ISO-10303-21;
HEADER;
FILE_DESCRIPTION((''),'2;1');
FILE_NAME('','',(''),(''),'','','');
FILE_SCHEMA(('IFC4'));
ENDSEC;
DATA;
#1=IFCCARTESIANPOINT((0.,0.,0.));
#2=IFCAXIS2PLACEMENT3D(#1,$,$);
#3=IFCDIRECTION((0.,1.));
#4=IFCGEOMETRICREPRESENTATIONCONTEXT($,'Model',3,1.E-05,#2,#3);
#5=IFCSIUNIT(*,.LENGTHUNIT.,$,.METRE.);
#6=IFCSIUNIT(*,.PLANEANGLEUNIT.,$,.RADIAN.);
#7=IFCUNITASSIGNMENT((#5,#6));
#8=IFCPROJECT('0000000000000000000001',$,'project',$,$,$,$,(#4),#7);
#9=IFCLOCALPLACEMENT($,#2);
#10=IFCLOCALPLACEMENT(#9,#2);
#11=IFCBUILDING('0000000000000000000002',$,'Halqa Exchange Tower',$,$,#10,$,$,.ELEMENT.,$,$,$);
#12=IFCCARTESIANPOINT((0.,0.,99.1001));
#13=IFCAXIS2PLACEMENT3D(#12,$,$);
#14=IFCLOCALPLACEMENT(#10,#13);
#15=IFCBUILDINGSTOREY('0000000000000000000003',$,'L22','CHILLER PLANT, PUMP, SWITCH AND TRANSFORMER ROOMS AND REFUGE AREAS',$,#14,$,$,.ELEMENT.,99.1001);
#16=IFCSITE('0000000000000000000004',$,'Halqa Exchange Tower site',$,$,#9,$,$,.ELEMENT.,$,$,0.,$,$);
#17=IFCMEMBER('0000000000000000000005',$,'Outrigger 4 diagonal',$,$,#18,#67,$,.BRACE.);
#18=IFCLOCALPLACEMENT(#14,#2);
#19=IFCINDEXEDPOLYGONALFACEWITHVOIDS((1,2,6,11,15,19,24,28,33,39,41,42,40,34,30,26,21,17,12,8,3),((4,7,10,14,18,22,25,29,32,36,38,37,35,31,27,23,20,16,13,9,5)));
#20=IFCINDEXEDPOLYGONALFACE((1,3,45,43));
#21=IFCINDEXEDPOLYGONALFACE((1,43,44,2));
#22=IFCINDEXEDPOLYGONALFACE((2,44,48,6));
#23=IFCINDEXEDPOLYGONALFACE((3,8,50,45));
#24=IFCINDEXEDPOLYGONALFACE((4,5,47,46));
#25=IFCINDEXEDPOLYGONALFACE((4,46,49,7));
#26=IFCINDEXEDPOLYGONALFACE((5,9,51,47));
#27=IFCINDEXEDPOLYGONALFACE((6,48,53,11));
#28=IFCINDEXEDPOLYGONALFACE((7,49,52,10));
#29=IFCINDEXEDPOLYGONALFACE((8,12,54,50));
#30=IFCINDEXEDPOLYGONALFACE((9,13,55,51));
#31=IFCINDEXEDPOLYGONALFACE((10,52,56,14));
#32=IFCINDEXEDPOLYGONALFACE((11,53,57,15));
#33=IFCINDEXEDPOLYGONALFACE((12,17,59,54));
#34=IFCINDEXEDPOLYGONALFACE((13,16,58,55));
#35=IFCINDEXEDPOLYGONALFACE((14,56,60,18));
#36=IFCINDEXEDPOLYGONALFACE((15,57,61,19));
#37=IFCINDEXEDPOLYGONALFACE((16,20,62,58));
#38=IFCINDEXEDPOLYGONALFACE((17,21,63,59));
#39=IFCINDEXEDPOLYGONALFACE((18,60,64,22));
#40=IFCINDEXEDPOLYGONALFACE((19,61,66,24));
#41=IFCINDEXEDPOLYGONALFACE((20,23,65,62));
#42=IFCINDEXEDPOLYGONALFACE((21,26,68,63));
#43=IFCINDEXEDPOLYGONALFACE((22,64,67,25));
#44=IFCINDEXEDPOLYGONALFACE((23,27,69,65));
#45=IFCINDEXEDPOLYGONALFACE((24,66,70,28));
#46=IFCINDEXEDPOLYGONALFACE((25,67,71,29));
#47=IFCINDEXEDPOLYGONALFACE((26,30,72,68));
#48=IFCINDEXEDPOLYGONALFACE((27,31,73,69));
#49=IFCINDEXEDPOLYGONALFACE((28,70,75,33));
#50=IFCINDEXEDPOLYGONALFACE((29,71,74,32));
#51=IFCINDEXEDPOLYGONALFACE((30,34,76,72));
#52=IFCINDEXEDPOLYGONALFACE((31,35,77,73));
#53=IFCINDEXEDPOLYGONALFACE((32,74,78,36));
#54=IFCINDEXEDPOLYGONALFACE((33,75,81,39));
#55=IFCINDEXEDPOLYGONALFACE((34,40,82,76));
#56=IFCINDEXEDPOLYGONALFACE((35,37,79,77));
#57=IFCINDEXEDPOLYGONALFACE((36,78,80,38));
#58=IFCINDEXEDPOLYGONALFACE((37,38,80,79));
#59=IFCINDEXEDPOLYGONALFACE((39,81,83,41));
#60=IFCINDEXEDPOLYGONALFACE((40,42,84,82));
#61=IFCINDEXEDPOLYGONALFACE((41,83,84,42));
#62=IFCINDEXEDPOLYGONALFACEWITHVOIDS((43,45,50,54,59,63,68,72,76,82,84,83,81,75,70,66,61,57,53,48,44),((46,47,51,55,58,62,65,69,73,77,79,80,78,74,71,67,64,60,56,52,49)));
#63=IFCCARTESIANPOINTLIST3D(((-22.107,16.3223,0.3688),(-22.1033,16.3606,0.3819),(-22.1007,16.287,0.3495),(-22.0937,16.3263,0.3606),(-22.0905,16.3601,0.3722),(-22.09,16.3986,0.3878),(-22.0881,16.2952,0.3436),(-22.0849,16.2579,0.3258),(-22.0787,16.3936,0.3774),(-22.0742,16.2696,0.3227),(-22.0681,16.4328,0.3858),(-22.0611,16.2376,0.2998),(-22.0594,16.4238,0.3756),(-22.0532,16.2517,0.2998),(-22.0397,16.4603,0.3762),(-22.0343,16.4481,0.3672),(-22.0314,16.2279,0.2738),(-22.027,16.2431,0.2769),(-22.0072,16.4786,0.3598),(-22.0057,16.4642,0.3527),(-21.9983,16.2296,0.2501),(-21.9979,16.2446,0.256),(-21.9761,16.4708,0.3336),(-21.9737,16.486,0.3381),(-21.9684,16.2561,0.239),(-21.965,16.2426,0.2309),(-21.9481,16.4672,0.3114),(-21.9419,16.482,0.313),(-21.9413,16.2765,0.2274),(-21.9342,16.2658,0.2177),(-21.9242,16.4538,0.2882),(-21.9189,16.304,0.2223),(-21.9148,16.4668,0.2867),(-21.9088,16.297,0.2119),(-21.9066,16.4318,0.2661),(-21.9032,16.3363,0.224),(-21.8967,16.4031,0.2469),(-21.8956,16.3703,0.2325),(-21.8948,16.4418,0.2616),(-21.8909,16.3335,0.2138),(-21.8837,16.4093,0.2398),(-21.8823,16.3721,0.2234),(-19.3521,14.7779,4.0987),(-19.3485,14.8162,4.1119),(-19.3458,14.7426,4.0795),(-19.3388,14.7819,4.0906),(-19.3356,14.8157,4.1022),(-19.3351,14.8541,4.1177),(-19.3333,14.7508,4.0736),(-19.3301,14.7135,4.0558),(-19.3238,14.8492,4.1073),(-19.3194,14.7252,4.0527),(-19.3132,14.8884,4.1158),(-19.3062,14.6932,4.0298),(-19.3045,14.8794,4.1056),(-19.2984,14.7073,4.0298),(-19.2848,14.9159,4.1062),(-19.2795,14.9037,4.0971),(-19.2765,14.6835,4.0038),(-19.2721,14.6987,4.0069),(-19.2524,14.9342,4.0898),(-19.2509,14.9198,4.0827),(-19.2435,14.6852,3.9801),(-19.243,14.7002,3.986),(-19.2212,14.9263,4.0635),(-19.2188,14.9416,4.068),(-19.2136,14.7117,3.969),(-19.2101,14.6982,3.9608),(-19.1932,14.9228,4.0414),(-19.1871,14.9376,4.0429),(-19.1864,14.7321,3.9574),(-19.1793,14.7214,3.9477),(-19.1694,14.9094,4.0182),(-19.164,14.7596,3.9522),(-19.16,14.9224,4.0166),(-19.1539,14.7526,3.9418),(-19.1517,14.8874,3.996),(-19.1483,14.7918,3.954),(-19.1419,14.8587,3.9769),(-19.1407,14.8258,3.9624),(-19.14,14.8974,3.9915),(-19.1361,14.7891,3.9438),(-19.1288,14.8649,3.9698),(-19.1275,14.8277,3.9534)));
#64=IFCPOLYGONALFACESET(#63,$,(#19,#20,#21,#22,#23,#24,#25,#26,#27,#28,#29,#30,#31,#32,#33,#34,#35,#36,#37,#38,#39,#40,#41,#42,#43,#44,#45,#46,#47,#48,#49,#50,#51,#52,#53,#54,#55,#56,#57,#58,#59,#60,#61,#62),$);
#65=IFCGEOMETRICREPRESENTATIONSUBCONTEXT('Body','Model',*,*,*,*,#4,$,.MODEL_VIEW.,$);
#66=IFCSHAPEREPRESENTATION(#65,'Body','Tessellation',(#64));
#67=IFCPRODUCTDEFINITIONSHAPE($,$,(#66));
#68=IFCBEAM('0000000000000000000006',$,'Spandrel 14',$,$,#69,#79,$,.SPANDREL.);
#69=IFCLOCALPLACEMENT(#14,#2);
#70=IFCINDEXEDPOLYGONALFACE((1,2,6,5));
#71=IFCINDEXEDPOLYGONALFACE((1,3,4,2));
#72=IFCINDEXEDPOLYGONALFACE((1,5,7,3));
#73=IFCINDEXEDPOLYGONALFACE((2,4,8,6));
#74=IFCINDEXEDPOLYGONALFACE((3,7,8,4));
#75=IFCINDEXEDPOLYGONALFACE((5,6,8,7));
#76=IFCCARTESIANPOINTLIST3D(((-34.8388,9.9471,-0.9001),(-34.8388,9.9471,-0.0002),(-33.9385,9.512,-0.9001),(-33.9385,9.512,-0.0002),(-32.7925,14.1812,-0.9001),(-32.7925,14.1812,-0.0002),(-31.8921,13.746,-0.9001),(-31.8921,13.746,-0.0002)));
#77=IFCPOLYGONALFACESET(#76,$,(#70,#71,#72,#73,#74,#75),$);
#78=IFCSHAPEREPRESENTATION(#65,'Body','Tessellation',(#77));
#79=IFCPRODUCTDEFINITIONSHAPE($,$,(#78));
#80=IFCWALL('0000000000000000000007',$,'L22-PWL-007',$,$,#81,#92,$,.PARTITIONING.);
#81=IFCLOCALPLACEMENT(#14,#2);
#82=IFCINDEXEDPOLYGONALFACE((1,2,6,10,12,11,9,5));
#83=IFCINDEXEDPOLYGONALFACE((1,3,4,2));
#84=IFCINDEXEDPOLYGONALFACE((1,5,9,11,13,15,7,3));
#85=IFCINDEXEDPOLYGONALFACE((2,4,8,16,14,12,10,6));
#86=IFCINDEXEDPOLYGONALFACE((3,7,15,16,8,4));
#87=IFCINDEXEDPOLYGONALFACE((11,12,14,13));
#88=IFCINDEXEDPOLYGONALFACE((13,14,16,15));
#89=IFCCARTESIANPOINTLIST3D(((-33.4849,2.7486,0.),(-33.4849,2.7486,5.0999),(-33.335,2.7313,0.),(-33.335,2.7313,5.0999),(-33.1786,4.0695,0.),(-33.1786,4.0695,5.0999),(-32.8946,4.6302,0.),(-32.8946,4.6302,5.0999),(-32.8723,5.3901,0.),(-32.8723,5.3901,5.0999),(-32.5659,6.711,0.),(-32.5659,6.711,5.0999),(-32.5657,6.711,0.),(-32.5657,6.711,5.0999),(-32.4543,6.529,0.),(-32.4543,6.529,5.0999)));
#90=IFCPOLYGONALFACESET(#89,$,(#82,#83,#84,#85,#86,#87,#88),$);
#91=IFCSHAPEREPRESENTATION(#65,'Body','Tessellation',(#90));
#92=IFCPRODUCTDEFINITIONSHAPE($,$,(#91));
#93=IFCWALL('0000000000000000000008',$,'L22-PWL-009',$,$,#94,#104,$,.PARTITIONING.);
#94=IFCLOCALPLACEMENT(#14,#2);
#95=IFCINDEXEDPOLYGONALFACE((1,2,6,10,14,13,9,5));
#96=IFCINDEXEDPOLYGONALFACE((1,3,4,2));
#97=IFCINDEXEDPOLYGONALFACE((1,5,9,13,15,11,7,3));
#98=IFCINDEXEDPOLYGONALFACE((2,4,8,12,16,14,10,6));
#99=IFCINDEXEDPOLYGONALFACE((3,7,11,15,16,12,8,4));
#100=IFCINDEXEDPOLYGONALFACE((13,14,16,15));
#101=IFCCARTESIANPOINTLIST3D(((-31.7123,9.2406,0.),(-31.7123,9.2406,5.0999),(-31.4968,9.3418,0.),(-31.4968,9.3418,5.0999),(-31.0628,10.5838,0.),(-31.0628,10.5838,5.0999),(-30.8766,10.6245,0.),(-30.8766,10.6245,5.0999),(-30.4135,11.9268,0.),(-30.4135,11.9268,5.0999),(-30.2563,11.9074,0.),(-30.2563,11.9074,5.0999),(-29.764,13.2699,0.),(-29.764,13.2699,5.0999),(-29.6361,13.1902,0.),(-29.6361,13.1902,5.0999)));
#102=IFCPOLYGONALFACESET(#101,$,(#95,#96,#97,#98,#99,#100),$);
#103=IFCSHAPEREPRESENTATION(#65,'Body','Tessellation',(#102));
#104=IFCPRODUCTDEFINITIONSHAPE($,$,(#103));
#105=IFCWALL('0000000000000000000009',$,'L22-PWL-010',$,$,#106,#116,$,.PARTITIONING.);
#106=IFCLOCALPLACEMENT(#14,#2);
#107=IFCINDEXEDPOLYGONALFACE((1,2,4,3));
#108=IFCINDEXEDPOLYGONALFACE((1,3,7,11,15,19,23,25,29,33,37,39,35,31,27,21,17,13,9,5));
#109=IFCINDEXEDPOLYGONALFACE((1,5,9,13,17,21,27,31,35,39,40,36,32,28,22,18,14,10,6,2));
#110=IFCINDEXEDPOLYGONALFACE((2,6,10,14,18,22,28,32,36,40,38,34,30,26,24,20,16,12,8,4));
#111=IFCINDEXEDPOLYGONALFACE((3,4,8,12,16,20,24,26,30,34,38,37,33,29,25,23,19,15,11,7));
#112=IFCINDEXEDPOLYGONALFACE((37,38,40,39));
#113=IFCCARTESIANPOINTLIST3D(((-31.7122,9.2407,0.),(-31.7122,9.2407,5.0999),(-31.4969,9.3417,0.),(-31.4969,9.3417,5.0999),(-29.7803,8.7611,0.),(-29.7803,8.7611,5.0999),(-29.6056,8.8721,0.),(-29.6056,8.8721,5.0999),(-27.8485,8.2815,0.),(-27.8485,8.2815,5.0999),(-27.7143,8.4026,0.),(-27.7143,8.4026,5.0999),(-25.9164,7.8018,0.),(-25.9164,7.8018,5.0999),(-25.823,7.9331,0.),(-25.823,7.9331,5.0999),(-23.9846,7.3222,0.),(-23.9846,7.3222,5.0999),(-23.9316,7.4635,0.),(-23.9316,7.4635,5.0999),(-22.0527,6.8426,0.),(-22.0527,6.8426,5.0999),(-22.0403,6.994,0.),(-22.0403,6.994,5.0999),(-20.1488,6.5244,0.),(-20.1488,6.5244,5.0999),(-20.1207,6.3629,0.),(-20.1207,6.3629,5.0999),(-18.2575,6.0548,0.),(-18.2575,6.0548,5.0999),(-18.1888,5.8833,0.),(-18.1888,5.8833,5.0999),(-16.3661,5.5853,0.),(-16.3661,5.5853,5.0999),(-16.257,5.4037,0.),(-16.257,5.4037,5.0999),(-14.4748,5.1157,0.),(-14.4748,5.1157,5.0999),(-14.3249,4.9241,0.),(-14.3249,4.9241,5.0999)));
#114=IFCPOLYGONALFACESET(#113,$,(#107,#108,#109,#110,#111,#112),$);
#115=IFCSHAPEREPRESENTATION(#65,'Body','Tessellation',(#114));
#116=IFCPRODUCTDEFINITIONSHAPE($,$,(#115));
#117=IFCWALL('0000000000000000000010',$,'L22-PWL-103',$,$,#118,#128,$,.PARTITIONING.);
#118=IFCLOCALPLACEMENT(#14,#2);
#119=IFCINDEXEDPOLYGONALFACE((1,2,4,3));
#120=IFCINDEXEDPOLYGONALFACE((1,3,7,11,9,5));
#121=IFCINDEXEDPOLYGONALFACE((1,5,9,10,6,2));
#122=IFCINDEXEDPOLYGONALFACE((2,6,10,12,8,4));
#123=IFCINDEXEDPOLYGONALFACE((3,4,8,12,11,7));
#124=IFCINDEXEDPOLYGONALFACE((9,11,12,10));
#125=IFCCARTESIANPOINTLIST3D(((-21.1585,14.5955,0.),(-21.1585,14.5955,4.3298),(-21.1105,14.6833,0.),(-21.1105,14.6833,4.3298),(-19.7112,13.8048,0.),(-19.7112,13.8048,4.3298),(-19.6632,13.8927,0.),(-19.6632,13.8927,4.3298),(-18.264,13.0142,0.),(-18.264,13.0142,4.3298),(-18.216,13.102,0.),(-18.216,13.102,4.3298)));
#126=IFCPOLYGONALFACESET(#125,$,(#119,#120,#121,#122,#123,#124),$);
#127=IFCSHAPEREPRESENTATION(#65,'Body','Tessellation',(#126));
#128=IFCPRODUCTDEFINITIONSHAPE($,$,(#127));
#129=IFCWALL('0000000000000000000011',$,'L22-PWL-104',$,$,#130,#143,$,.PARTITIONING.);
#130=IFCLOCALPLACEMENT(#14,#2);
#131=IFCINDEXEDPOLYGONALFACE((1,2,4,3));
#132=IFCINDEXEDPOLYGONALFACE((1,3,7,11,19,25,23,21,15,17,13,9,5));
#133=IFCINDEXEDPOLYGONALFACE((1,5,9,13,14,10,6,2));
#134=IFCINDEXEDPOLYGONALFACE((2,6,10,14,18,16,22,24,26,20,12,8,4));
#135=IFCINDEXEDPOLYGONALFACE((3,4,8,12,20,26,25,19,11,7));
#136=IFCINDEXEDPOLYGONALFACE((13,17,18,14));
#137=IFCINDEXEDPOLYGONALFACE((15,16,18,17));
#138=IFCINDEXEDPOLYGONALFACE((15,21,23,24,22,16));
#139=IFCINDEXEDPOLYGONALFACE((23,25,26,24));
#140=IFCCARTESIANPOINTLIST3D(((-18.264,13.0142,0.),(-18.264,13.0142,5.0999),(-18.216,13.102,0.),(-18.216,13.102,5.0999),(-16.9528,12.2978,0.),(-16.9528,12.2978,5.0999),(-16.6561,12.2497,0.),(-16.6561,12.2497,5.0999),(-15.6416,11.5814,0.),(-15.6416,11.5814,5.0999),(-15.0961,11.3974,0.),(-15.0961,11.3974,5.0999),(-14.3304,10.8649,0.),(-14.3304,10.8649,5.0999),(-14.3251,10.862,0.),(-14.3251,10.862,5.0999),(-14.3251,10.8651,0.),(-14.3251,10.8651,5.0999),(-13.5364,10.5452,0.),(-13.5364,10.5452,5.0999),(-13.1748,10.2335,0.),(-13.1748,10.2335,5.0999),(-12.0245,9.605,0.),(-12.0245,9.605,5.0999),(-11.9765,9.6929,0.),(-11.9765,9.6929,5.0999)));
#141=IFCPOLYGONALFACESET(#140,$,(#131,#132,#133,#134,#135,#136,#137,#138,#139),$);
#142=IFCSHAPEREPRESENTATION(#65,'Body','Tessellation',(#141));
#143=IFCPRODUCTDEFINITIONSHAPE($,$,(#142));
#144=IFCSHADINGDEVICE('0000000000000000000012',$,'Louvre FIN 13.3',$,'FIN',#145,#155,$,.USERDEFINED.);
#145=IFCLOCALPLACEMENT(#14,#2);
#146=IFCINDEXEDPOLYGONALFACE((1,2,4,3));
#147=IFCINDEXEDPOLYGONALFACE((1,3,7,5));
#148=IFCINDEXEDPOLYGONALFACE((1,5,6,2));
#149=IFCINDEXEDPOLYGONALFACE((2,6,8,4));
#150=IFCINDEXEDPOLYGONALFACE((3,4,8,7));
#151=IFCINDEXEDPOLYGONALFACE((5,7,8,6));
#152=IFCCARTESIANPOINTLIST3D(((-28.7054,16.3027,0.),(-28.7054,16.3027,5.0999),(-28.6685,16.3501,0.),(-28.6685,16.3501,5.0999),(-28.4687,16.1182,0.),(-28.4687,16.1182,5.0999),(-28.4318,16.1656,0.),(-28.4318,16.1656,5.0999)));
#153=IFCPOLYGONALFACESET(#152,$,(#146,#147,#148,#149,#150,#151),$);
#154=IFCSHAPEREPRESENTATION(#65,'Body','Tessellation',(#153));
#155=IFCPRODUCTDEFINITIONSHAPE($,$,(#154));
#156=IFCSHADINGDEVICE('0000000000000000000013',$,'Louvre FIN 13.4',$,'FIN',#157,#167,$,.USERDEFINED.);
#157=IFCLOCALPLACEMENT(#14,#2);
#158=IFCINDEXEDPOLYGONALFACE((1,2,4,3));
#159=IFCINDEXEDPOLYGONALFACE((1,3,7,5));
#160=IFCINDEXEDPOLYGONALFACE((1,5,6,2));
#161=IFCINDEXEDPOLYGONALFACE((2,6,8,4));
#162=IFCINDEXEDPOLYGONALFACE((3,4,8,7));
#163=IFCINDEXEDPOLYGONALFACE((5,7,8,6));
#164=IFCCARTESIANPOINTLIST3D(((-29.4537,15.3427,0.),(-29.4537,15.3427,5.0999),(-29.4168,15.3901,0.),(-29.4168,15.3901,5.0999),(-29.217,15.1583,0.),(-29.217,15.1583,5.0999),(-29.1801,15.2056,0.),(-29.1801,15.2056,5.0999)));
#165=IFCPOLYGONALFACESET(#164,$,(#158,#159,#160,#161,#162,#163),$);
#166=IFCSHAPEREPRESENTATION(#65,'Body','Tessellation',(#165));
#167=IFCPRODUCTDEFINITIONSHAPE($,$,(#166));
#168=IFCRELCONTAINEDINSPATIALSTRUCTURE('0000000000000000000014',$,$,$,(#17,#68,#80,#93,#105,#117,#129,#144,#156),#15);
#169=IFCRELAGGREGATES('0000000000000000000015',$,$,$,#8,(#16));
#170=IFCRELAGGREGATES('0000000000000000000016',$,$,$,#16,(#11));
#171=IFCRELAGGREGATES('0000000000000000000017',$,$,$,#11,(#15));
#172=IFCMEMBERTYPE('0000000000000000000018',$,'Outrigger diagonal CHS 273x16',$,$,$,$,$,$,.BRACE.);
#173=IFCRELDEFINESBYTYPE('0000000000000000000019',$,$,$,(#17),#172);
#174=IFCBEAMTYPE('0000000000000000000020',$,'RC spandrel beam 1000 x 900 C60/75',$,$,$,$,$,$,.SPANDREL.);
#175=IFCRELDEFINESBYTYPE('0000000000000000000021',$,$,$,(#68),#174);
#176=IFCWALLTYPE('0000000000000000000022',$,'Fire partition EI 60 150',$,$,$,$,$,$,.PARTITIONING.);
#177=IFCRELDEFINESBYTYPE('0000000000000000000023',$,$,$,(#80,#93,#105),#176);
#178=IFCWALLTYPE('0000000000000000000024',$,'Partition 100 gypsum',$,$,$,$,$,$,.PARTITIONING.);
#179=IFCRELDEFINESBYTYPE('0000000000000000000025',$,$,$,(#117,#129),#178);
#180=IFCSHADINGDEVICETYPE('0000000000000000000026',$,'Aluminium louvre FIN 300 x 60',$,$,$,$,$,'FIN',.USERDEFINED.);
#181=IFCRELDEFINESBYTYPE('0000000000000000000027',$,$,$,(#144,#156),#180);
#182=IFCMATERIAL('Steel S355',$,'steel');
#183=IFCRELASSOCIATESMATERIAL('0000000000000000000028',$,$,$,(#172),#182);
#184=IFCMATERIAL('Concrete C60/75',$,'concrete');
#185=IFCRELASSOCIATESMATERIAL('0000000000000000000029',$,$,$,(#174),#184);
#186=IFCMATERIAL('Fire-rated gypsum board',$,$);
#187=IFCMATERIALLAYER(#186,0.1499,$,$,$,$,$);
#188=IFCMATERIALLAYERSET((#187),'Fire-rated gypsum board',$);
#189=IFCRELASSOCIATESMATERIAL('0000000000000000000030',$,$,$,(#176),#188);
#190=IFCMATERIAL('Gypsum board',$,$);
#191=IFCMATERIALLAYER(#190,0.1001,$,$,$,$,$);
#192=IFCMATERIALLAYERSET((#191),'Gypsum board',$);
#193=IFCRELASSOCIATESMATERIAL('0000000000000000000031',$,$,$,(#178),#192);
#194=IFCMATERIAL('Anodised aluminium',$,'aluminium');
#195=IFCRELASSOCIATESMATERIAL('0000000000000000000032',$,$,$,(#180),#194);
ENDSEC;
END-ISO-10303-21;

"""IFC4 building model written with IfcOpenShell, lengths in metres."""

from ifc_helpers import new_model, si_unit, direction, frame, origin, origin_2d, place, context, subcontext, project, spatial, polyline, rectangle, hollow_circle, outline, extrude, material, layer, layer_set, material_profile, profile_set, type_object, element, save


model = new_model("IFC4")

# Units and contexts
model_context = context("Model", 3, precision=1e-05, world=origin(), true_north=direction((0.0, 1.0)))
body_context = subcontext(model_context, "Body", "Model", "MODEL_VIEW")
ifc_project = project(units=[si_unit("LENGTHUNIT", "METRE"), si_unit("PLANEANGLEUNIT", "RADIAN")], contexts=[model_context])

# Site, building, storey
site_placement = place(None, origin())
site = spatial("IfcSite", under=ifc_project, at=site_placement, Name="Halqa Exchange Tower site", CompositionType="ELEMENT", RefElevation=0.0)
building_placement = place(site_placement, origin())
building = spatial("IfcBuilding", under=site, at=building_placement, Name="Halqa Exchange Tower", CompositionType="ELEMENT")
storey_placement = place(building_placement, frame((0.0, 0.0, 99.1001)))
storey = spatial("IfcBuildingStorey", under=building, at=storey_placement, Name="L22", Description="CHILLER PLANT, PUMP, SWITCH AND TRANSFORMER ROOMS AND REFUGE AREAS", CompositionType="ELEMENT", Elevation=99.1001)

# Member
ifc_material_1 = material(Name="Steel S355", Category="steel")
ifc_material_profile_1 = material_profile(ifc_material_1, hollow_circle(Radius=0.1365, WallThickness=0.0161, at=origin_2d()), Name="CHS 273x16")
ifc_profile_set_1 = profile_set([ifc_material_profile_1], Name="Steel S355")
member_type_1 = type_object("IfcMemberType", Name="Outrigger diagonal CHS 273x16", PredefinedType="BRACE", material=ifc_profile_set_1)
member_1_placement = place(storey_placement, frame((-19.2395, 14.8123, 4.0298), z_axis=(-0.563662, 0.315998, -0.763171), x_axis=(-0.489013, -0.872277, 0.0)))
element("IfcMember", 1, at=member_1_placement, inside=storey, type_object=member_type_1, Name="Outrigger 4 diagonal", PredefinedType="BRACE", context=body_context, shape_type="SweptSolid", body=[
    extrude(hollow_circle(Radius=0.1365, WallThickness=0.0161, at=origin_2d()), origin(), (0.0, 0.0, 1.0), 4.8875),
])

# Beam
ifc_material_2 = material(Name="Concrete C60/75", Category="concrete")
ifc_material_profile_2 = material_profile(ifc_material_2, rectangle(XDim=1.0, YDim=0.8999, at=origin_2d()), Name="1000 x 900")
ifc_profile_set_2 = profile_set([ifc_material_profile_2], Name="Concrete C60/75")
beam_type = type_object("IfcBeamType", Name="RC spandrel beam 1000 x 900 C60/75", PredefinedType="SPANDREL", material=ifc_profile_set_2)
beam_placement = place(storey_placement, frame((-32.3423, 13.9636, -0.4502), z_axis=(-0.43515, -0.900358, 0.0), x_axis=(0.900358, -0.43515, 0.0)))
element("IfcBeam", 2, at=beam_placement, inside=storey, type_object=beam_type, Name="Spandrel 14", PredefinedType="SPANDREL", context=body_context, shape_type="SweptSolid", body=[
    extrude(rectangle(XDim=1.0, YDim=0.8999, at=origin_2d()), origin(), (0.0, 0.0, 1.0), 4.7026),
])

# Walls
ifc_material_3 = material(Name="Fire-rated gypsum board")
ifc_layer_1 = layer(ifc_material_3, 0.1499)
ifc_layer_set_1 = layer_set([ifc_layer_1], Name="Fire-rated gypsum board")
wall_type_1 = type_object("IfcWallType", Name="Fire partition EI 60 150", PredefinedType="PARTITIONING", material=ifc_layer_set_1)
wall_1_placement = place(storey_placement, frame((-32.4929, 6.6941, 0.0), z_axis=(0.0, 0.0, 1.0), x_axis=(-0.22592, -0.974146, 0.0)))
element("IfcWall", 3, at=wall_1_placement, inside=storey, type_object=wall_type_1, Name="L22-PWL-007", PredefinedType="PARTITIONING", context=body_context, shape_type="SweptSolid", body=[
    extrude(outline(polyline([(0.0, -0.075), (1.356, -0.075), (2.7117, -0.075), (4.0676, -0.075), (4.0505, 0.075), (2.1013, 0.075), (0.1521, 0.075), (0.0, -0.0747), (0.0, -0.075)])), origin(), (0.0, 0.0, 1.0), 5.0999),
])
wall_2_placement = place(storey_placement, frame((-31.6448, 9.208, 0.0), z_axis=(0.0, 0.0, 1.0), x_axis=(0.435304, 0.900283, 0.0)))
element("IfcWall", 4, at=wall_2_placement, inside=storey, type_object=wall_type_1, Name="L22-PWL-009", PredefinedType="PARTITIONING", context=body_context, shape_type="SweptSolid", body=[
    extrude(outline(polyline([(0.1848, -0.075), (1.6096, -0.075), (3.0347, -0.075), (4.4595, -0.075), (4.4756, 0.075), (2.9836, 0.075), (1.4919, 0.075), (0.0, 0.075), (0.1848, -0.075)])), origin(), (0.0, 0.0, 1.0), 5.0999),
])
wall_3_placement = place(storey_placement, frame((-31.6943, 9.3135, 0.0), z_axis=(0.0, 0.0, 1.0), x_axis=(0.970538, -0.240948, 0.0)))
element("IfcWall", 5, at=wall_3_placement, inside=storey, type_object=wall_type_1, Name="L22-PWL-010", PredefinedType="PARTITIONING", context=body_context, shape_type="SweptSolid", body=[
    extrude(outline(polyline([(0.0002, -0.075), (1.9907, -0.075), (3.9812, -0.075), (5.9719, -0.075), (7.9624, -0.075), (9.9529, -0.075), (11.9436, -0.075), (13.9341, -0.075), (15.9246, -0.075), (17.9153, -0.075), (17.7236, 0.075), (15.7749, 0.075), (13.8262, 0.075), (11.8774, 0.075), (9.9285, 0.075), (7.9797, 0.075), (6.031, 0.075), (4.0823, 0.075), (2.1335, 0.075), (0.1848, 0.075), (0.0002, -0.075)])), origin(), (0.0, 0.0, 1.0), 5.0999),
])
ifc_material_4 = material(Name="Gypsum board")
ifc_layer_2 = layer(ifc_material_4, 0.1001)
ifc_layer_set_2 = layer_set([ifc_layer_2], Name="Gypsum board")
wall_type_2 = type_object("IfcWallType", Name="Partition 100 gypsum", PredefinedType="PARTITIONING", material=ifc_layer_set_2)
wall_4_placement = place(storey_placement, frame((-21.1345, 14.6394, 0.0), z_axis=(0.0, 0.0, 1.0), x_axis=(0.877581, -0.479428, 0.0)))
element("IfcWall", 6, at=wall_4_placement, inside=storey, type_object=wall_type_2, Name="L22-PWL-103", PredefinedType="PARTITIONING", context=body_context, shape_type="SweptSolid", body=[
    extrude(outline(polyline([(0.0, 0.05), (0.0, -0.05), (1.6492, -0.05), (3.2983, -0.05), (3.2983, 0.05), (1.6492, 0.05), (0.0, 0.05)])), origin(), (0.0, 0.0, 1.0), 4.3298),
])
wall_5_placement = place(storey_placement, frame((-18.24, 13.0581, 0.0), z_axis=(0.0, 0.0, 1.0), x_axis=(0.877552, -0.479482, 0.0)))
element("IfcWall", 7, at=wall_5_placement, inside=storey, type_object=wall_type_2, Name="L22-PWL-104", PredefinedType="PARTITIONING", context=body_context, shape_type="SweptSolid", body=[
    extrude(outline(polyline([(0.0, -0.05), (1.4941, -0.05), (2.9883, -0.05), (4.4824, -0.05), (4.4871, -0.0474), (4.4885, -0.05), (5.7993, -0.05), (7.1101, -0.05), (7.1101, 0.05), (5.3325, 0.05), (3.5552, 0.05), (1.7776, 0.05), (0.0, 0.05), (0.0, -0.05)])), origin(), (0.0, 0.0, 1.0), 5.0999),
])

# Shading devices
ifc_material_5 = material(Name="Anodised aluminium", Category="aluminium")
ifc_material_profile_3 = material_profile(ifc_material_5, rectangle(XDim=0.3, YDim=0.0601, at=origin_2d()), Name="AL FIN 300x60")
ifc_profile_set_3 = profile_set([ifc_material_profile_3], Name="Anodised aluminium")
shading_device_type = type_object("IfcShadingDeviceType", Name="Aluminium louvre FIN 300 x 60", ElementType="FIN", PredefinedType="USERDEFINED", material=ifc_profile_set_3)
for number, where, z_axis, x_axis, name in (
    (8, (-28.5686, 16.2341, 0.0), (0.0, 0.0, 1.0), (0.788675, -0.61481, 0.0), "Louvre FIN 13.3"),
    (9, (-29.3169, 15.2742, 0.0), (0.0, 0.0, 1.0), (0.788675, -0.61481, 0.0), "Louvre FIN 13.4"),
):
    element("IfcShadingDevice", number, at=place(storey_placement, frame(where, z_axis=z_axis, x_axis=x_axis)), inside=storey, type_object=shading_device_type, Name=name, ObjectType="FIN", PredefinedType="USERDEFINED", context=body_context, shape_type="SweptSolid", body=[
        extrude(rectangle(XDim=0.3, YDim=0.0601, at=origin_2d()), origin(), (0.0, 0.0, 1.0), 5.0999),
    ])

save(model, "model.ifc")
